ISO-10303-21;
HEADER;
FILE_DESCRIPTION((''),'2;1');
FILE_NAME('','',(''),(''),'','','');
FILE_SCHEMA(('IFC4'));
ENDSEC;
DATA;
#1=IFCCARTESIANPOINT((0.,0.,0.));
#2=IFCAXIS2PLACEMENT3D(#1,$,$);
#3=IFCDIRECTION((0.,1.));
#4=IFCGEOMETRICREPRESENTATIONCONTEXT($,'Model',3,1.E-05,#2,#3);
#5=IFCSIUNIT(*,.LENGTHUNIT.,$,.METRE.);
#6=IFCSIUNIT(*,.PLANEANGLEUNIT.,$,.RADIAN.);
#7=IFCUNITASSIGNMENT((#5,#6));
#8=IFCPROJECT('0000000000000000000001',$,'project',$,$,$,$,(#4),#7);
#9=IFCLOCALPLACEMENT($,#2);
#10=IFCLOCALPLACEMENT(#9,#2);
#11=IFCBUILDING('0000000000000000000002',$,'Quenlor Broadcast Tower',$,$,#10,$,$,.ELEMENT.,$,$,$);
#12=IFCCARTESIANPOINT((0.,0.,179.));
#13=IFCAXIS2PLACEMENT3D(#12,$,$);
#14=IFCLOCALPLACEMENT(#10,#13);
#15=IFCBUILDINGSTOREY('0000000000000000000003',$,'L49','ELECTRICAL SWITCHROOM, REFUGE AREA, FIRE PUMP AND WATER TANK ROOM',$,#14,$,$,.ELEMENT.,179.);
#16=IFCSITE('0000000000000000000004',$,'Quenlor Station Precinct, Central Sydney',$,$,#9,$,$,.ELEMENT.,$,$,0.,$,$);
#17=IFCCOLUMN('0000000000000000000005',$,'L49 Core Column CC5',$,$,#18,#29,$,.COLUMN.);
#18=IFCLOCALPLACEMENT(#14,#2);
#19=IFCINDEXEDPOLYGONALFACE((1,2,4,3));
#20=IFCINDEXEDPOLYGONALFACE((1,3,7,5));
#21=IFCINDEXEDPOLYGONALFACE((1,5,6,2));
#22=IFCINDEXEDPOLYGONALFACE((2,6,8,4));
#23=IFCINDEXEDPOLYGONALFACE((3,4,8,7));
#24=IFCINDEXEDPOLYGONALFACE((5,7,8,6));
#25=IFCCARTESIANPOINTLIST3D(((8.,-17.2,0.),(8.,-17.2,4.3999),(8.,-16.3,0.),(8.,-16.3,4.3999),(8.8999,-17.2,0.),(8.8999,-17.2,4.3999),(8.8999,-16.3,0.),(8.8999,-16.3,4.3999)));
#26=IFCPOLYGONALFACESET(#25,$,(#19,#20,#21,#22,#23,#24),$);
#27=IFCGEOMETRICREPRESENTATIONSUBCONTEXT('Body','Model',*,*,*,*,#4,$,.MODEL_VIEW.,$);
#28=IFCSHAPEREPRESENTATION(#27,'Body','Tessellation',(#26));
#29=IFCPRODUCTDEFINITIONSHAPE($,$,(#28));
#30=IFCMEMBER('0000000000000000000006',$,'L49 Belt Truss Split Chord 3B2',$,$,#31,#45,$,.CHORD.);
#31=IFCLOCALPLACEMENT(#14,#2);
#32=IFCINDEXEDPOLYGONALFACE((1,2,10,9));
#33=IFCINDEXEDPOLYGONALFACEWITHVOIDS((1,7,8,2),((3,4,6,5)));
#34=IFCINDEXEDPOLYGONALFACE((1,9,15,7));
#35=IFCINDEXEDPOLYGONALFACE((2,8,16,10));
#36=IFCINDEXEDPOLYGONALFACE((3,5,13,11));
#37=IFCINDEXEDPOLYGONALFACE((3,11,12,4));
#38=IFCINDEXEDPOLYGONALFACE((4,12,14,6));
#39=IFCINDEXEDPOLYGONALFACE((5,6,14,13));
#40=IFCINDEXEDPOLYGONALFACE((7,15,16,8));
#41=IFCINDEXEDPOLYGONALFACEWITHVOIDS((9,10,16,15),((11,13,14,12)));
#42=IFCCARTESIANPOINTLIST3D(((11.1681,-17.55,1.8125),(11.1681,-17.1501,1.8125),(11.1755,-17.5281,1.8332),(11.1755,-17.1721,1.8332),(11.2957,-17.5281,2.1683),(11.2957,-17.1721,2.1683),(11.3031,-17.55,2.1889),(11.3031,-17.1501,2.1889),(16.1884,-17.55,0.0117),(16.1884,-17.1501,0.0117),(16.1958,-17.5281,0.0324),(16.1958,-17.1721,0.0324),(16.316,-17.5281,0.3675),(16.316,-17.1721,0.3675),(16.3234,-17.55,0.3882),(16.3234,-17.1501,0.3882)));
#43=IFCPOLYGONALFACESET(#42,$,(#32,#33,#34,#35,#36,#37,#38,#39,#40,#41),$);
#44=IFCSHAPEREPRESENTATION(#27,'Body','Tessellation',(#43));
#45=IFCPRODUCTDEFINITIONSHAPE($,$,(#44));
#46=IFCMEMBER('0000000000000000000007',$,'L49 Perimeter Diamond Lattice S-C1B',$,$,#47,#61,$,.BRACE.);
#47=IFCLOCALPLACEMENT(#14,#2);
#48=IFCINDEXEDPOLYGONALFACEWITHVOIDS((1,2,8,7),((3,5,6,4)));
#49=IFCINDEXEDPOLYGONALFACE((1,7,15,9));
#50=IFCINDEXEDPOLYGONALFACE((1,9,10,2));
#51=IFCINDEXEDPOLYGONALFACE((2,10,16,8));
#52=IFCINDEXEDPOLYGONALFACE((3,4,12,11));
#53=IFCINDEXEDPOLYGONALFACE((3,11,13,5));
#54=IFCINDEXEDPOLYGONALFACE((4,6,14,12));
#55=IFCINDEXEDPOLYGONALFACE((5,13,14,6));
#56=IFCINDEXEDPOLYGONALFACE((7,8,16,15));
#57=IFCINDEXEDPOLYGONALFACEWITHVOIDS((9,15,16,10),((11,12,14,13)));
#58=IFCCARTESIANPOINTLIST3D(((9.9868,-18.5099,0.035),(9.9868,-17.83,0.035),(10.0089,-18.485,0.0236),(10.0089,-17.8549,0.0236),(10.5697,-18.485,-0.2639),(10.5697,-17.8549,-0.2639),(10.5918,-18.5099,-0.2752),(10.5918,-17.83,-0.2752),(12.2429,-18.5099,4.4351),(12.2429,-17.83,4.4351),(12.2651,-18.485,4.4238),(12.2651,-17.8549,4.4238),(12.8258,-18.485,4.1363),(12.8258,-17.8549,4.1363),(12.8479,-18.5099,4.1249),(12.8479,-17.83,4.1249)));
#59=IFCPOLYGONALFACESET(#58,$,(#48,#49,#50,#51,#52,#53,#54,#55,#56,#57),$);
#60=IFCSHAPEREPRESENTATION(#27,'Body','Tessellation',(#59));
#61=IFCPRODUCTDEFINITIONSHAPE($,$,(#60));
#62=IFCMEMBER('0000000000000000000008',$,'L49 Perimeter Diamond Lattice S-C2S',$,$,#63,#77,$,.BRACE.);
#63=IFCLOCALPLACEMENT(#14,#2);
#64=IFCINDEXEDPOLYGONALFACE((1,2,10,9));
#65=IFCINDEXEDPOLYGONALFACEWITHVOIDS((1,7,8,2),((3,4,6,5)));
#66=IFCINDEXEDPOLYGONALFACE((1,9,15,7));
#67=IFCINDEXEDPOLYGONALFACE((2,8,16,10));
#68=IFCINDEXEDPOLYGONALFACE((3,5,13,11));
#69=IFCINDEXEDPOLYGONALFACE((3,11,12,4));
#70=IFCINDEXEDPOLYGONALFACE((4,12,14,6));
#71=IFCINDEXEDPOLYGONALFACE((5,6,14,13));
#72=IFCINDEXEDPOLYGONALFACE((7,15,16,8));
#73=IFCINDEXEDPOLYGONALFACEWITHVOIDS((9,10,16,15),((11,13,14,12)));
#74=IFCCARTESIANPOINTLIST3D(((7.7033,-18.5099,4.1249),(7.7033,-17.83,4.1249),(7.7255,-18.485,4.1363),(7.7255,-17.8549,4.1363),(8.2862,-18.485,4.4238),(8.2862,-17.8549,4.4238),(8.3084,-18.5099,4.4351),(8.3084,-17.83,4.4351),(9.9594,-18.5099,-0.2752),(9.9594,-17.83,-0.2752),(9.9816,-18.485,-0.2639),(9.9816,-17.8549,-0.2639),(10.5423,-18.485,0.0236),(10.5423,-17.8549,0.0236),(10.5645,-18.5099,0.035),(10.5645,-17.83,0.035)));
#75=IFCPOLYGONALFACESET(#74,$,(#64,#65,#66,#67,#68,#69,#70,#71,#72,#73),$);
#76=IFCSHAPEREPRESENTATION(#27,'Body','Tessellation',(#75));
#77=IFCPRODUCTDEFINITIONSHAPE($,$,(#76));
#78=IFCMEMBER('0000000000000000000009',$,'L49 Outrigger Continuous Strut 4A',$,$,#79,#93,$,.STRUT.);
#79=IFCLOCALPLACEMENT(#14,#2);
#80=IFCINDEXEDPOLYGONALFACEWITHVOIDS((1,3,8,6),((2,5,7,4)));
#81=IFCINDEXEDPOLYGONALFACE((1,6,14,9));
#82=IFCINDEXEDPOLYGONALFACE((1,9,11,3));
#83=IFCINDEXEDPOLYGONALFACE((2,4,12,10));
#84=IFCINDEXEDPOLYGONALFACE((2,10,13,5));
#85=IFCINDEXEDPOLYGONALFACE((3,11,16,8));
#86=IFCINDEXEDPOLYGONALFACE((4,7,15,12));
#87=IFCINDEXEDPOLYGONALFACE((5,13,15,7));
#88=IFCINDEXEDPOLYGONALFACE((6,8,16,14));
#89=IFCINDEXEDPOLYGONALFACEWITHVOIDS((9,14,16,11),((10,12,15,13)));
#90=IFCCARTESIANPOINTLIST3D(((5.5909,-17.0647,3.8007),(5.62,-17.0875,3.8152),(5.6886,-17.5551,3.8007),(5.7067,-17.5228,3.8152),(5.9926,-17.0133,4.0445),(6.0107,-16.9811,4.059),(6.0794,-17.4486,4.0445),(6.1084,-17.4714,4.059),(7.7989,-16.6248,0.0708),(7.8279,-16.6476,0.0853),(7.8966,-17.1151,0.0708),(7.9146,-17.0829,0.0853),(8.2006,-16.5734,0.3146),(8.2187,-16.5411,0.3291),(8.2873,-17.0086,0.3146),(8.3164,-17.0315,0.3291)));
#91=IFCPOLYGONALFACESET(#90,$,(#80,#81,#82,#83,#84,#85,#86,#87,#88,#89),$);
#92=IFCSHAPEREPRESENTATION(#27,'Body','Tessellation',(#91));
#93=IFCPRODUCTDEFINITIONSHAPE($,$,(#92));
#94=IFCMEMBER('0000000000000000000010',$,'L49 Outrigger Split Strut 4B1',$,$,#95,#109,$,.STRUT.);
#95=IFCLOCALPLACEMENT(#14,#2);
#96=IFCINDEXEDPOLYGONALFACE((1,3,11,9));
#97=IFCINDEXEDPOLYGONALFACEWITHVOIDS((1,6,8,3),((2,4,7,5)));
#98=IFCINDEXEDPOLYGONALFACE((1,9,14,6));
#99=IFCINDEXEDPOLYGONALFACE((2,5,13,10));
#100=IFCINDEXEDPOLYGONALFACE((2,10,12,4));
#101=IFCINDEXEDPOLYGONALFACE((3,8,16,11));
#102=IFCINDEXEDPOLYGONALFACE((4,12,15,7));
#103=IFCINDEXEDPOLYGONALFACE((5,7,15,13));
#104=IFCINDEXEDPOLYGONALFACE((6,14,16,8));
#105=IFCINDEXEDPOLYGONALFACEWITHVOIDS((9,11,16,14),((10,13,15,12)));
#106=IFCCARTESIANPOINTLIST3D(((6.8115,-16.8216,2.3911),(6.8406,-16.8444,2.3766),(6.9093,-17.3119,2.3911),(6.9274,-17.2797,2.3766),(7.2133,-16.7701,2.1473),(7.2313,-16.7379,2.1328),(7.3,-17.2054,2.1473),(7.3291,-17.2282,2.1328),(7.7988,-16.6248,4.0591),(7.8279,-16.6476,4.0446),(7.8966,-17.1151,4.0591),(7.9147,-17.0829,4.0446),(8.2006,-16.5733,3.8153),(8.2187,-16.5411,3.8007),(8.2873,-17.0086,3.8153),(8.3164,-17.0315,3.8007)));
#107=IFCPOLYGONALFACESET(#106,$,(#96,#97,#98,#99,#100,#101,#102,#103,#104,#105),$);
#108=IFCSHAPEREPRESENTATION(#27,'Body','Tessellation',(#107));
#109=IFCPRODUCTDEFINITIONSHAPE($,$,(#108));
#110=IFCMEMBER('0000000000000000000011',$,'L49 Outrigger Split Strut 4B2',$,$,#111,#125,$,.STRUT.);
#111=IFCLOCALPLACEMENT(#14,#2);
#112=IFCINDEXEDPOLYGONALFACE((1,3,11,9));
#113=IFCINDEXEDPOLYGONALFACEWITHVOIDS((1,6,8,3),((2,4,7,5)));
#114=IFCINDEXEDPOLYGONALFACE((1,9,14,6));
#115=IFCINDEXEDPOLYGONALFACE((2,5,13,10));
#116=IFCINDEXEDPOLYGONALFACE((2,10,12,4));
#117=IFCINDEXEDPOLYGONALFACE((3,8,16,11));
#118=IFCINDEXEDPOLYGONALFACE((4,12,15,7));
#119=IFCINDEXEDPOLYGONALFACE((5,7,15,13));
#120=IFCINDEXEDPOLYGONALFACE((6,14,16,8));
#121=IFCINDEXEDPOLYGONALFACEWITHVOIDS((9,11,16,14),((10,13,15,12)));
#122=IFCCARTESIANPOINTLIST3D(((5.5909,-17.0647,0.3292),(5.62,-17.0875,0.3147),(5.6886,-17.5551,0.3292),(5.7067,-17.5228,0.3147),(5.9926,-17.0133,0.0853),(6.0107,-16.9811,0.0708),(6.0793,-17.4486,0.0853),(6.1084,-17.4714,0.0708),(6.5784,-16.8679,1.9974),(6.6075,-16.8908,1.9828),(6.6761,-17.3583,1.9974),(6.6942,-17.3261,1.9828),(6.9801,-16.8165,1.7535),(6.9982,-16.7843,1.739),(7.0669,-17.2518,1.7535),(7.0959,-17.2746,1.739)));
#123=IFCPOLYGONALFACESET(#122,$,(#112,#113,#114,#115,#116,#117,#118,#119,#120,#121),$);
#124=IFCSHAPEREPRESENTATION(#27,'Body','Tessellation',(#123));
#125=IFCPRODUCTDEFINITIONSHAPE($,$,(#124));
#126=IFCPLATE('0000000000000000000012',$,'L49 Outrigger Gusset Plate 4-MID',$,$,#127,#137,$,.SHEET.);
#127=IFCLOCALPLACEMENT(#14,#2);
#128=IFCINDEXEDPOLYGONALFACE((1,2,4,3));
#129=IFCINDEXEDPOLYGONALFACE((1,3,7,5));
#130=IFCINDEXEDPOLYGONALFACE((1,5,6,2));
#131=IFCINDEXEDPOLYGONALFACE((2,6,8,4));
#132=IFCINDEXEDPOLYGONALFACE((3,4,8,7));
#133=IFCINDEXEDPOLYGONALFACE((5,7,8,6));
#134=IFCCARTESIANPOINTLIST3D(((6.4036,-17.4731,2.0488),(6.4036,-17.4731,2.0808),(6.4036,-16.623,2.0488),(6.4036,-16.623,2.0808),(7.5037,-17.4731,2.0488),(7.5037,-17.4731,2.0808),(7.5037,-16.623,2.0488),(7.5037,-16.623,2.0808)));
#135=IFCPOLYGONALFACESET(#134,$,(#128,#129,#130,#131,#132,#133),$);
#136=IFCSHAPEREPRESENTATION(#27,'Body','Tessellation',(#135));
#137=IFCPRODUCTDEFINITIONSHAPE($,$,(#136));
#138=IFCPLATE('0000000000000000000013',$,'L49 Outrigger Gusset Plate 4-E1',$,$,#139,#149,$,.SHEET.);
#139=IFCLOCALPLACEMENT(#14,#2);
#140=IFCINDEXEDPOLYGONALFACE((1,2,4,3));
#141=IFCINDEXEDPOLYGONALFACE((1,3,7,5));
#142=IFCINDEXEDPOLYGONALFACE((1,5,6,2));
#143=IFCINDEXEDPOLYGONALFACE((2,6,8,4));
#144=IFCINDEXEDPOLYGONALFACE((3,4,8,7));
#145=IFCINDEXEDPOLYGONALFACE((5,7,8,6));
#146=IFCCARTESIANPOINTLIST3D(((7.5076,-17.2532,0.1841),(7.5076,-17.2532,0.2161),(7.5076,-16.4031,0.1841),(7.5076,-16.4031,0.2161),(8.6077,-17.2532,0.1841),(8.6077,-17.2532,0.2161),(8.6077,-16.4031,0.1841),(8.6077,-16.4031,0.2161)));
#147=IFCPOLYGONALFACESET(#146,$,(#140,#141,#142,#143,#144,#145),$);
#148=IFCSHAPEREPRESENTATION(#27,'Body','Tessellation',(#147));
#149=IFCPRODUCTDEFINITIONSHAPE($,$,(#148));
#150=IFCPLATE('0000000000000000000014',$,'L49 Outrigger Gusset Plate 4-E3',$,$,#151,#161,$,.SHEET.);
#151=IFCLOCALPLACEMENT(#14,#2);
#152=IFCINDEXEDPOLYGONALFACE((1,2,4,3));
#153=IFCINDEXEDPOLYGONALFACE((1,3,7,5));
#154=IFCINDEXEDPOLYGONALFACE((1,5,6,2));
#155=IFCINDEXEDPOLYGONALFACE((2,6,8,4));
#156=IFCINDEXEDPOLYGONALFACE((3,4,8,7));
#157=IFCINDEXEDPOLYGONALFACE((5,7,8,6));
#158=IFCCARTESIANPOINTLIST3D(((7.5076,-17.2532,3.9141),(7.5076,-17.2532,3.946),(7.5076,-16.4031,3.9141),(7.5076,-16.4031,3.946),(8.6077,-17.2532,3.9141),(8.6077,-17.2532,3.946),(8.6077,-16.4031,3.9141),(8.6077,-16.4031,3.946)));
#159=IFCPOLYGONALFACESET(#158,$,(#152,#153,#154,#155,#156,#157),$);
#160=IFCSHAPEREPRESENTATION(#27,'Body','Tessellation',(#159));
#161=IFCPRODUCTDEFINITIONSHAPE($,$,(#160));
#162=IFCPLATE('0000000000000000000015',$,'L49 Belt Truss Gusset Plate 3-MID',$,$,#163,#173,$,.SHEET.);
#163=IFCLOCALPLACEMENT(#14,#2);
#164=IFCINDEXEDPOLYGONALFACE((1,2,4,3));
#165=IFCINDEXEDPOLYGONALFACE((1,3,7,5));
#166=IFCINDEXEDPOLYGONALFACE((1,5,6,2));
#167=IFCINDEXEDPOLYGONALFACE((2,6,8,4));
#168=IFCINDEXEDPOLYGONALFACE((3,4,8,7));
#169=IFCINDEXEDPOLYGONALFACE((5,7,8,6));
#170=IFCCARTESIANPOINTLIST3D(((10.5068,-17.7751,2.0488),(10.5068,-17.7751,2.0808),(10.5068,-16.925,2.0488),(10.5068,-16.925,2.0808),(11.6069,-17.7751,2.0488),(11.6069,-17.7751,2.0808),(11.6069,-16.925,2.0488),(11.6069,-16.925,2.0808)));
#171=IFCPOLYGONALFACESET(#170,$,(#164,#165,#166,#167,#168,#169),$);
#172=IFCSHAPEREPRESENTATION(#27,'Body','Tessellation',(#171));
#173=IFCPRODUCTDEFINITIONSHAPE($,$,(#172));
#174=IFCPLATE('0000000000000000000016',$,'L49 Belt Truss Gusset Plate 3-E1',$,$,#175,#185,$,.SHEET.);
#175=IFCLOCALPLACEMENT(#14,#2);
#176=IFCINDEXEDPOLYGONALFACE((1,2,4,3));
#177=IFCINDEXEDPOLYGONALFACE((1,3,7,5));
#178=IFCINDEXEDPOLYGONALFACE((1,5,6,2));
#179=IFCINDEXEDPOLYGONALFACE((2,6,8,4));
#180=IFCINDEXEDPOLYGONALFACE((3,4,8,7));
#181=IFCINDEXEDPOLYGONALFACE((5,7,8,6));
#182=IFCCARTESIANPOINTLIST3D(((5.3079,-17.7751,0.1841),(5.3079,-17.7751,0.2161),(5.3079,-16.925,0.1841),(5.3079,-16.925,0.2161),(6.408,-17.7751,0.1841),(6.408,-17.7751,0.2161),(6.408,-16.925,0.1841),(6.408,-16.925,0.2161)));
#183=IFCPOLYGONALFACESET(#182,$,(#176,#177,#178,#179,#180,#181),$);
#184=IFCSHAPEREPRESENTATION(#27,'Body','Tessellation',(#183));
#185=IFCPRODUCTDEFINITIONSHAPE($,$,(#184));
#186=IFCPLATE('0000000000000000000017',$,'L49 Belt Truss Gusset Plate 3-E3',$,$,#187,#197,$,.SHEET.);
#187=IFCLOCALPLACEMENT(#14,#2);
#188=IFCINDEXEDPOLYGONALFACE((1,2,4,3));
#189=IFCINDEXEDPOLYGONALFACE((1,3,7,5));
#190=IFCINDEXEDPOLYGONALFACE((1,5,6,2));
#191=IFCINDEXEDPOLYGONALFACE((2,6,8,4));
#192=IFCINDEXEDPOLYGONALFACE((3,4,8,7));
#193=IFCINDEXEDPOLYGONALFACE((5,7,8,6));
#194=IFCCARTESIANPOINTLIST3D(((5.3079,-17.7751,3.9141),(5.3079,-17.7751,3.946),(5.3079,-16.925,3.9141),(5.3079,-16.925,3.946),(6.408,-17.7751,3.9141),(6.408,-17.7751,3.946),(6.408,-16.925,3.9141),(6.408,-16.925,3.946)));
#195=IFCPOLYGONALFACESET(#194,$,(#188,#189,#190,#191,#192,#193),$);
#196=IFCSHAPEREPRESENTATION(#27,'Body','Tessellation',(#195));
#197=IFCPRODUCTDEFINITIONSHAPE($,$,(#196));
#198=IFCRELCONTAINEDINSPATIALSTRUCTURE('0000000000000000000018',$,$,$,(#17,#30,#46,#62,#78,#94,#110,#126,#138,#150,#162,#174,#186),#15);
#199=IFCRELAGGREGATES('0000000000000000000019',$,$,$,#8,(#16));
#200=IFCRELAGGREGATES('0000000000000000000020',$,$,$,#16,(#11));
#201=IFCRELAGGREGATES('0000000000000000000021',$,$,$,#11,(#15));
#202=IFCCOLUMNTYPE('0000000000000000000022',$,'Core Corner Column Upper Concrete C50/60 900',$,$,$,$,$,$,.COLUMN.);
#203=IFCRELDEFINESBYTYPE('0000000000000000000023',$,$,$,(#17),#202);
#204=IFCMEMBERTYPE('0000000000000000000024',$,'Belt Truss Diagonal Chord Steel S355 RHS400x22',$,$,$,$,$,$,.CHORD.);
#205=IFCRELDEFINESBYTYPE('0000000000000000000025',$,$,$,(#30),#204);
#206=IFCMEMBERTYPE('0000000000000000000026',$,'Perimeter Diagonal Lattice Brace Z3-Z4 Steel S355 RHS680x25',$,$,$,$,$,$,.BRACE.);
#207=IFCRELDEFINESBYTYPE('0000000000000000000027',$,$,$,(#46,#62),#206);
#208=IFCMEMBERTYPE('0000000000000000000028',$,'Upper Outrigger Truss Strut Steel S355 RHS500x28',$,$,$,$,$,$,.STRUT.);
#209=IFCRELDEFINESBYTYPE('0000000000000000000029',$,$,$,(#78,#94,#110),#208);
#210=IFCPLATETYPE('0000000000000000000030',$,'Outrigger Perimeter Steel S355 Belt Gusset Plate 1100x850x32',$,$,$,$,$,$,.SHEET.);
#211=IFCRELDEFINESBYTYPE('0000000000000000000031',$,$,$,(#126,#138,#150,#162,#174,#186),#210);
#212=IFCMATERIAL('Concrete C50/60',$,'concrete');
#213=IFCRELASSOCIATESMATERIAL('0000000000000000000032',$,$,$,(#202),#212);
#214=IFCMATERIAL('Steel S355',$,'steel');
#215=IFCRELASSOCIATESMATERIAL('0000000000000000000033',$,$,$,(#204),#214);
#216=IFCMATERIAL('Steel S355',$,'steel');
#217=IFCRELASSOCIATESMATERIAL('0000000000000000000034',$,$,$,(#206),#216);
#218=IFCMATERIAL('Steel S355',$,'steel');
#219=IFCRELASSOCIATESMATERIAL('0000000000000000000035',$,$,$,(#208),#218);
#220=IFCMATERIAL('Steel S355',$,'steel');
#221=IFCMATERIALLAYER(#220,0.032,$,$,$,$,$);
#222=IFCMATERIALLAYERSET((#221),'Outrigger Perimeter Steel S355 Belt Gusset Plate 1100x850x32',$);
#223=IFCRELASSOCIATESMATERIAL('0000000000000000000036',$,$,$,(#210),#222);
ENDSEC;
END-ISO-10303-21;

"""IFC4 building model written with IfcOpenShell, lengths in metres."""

from ifc_helpers import new_model, si_unit, direction, frame, origin, origin_2d, place, context, subcontext, project, spatial, rectangle, hollow_rectangle, extrude, material, layer, layer_set, material_profile, profile_set, type_object, element, save


model = new_model("IFC4")

# Units and contexts
model_context = context("Model", 3, precision=1e-05, world=origin(), true_north=direction((0.0, 1.0)))
body_context = subcontext(model_context, "Body", "Model", "MODEL_VIEW")
ifc_project = project(units=[si_unit("LENGTHUNIT", "METRE"), si_unit("PLANEANGLEUNIT", "RADIAN")], contexts=[model_context])

# Site, building, storey
site_placement = place(None, origin())
site = spatial("IfcSite", under=ifc_project, at=site_placement, Name="Quenlor Station Precinct, Central Sydney", CompositionType="ELEMENT", RefElevation=0.0)
building_placement = place(site_placement, origin())
building = spatial("IfcBuilding", under=site, at=building_placement, Name="Quenlor Broadcast Tower", CompositionType="ELEMENT")
storey_placement = place(building_placement, frame((0.0, 0.0, 179.0)))
storey = spatial("IfcBuildingStorey", under=building, at=storey_placement, Name="L49", Description="ELECTRICAL SWITCHROOM, REFUGE AREA, FIRE PUMP AND WATER TANK ROOM", CompositionType="ELEMENT", Elevation=179.0)

# Column
ifc_material_1 = material(Name="Concrete C50/60", Category="concrete")
ifc_material_profile_1 = material_profile(ifc_material_1, rectangle(XDim=0.8999, YDim=0.8999, at=origin_2d()))
ifc_profile_set_1 = profile_set([ifc_material_profile_1], Name="Concrete C50/60 RC900x900")
column_type = type_object("IfcColumnType", Name="Core Corner Column Upper Concrete C50/60 900", PredefinedType="COLUMN", material=ifc_profile_set_1)
column_placement = place(storey_placement, frame((8.45, -16.75, 0.0), z_axis=(0.0, 0.0, 1.0), x_axis=(1.0, 0.0, 0.0)))
element("IfcColumn", 1, at=column_placement, inside=storey, type_object=column_type, Name="L49 Core Column CC5", PredefinedType="COLUMN", context=body_context, shape_type="SweptSolid", body=[
    extrude(rectangle(XDim=0.8999, YDim=0.8999, at=origin_2d()), origin(), (0.0, 0.0, 1.0), 4.3999),
])

# Members
ifc_material_2 = material(Name="Steel S355", Category="steel")
ifc_material_profile_2 = material_profile(ifc_material_2, hollow_rectangle(XDim=0.3999, YDim=0.3999, WallThickness=0.022, at=origin_2d()))
ifc_profile_set_2 = profile_set([ifc_material_profile_2], Name="Steel S355 RHS400x400x22")
member_type_1 = type_object("IfcMemberType", Name="Belt Truss Diagonal Chord Steel S355 RHS400x22", PredefinedType="CHORD", material=ifc_profile_set_2)
member_1_placement = place(storey_placement, frame((11.2356, -17.3501, 2.0007), z_axis=(0.941276, 0.0, -0.337638), x_axis=(0.0, 1.0, 0.0)))
element("IfcMember", 2, at=member_1_placement, inside=storey, type_object=member_type_1, Name="L49 Belt Truss Split Chord 3B2", PredefinedType="CHORD", context=body_context, shape_type="SweptSolid", body=[
    extrude(hollow_rectangle(XDim=0.3999, YDim=0.3999, WallThickness=0.022, at=origin_2d()), origin(), (0.0, 0.0, 1.0), 5.3335),
])
ifc_material_3 = material(Name="Steel S355", Category="steel")
ifc_material_profile_3 = material_profile(ifc_material_3, hollow_rectangle(XDim=0.6799, YDim=0.6799, WallThickness=0.0249, at=origin_2d()))
ifc_profile_set_3 = profile_set([ifc_material_profile_3], Name="Steel S355 RHS680x680x25")
member_type_2 = type_object("IfcMemberType", Name="Perimeter Diagonal Lattice Brace Z3-Z4 Steel S355 RHS680x25", PredefinedType="BRACE", material=ifc_profile_set_3)
for number, where, z_axis, x_axis, name in (
    (3, (10.2893, -18.1699, -0.1201), (0.456256, 0.0, 0.889849), (0.0, 1.0, 0.0), "L49 Perimeter Diamond Lattice S-C1B"),
    (4, (10.262, -18.1699, -0.1201), (-0.456256, 0.0, 0.889849), (0.0, -1.0, 0.0), "L49 Perimeter Diamond Lattice S-C2S"),
):
    element("IfcMember", number, at=place(storey_placement, frame(where, z_axis=z_axis, x_axis=x_axis)), inside=storey, type_object=member_type_2, Name=name, PredefinedType="BRACE", context=body_context, shape_type="SweptSolid", body=[
        extrude(hollow_rectangle(XDim=0.6799, YDim=0.6799, WallThickness=0.0249, at=origin_2d()), origin(), (0.0, 0.0, 1.0), 4.9448),
    ])
ifc_material_4 = material(Name="Steel S355", Category="steel")
ifc_material_profile_4 = material_profile(ifc_material_4, hollow_rectangle(XDim=0.5, YDim=0.5, WallThickness=0.0281, at=origin_2d()))
ifc_profile_set_4 = profile_set([ifc_material_profile_4], Name="Steel S355 RHS500x500x28")
member_type_3 = type_object("IfcMemberType", Name="Upper Outrigger Truss Strut Steel S355 RHS500x28", PredefinedType="STRUT", material=ifc_profile_set_4)
member_2_placement = place(storey_placement, frame((8.0576, -16.8281, 0.2), z_axis=(-0.506797, -0.100978, 0.856131), x_axis=(0.195407, -0.980722, 0.0)))
element("IfcMember", 5, at=member_2_placement, inside=storey, type_object=member_type_3, Name="L49 Outrigger Continuous Strut 4A", PredefinedType="STRUT", context=body_context, shape_type="SweptSolid", body=[
    extrude(hollow_rectangle(XDim=0.5, YDim=0.5, WallThickness=0.0281, at=origin_2d()), origin(), (0.0, 0.0, 1.0), 4.3567),
])
member_3_placement = place(storey_placement, frame((8.0576, -16.8281, 3.9299), z_axis=(-0.506769, -0.101003, -0.856144), x_axis=(0.195463, -0.980711, 0.0)))
element("IfcMember", 6, at=member_3_placement, inside=storey, type_object=member_type_3, Name="L49 Outrigger Split Strut 4B1", PredefinedType="STRUT", context=body_context, shape_type="SweptSolid", body=[
    extrude(hollow_rectangle(XDim=0.5, YDim=0.5, WallThickness=0.0281, at=origin_2d()), origin(), (0.0, 0.0, 1.0), 1.9482),
])
member_4_placement = place(storey_placement, frame((6.8372, -17.0713, 1.8682), z_axis=(-0.506808, -0.100986, -0.856124), x_axis=(0.195417, -0.98072, 0.0)))
element("IfcMember", 7, at=member_4_placement, inside=storey, type_object=member_type_3, Name="L49 Outrigger Split Strut 4B2", PredefinedType="STRUT", context=body_context, shape_type="SweptSolid", body=[
    extrude(hollow_rectangle(XDim=0.5, YDim=0.5, WallThickness=0.0281, at=origin_2d()), origin(), (0.0, 0.0, 1.0), 1.9485),
])

# Plates
ifc_material_5 = material(Name="Steel S355", Category="steel")
ifc_layer_1 = layer(ifc_material_5, 0.032)
ifc_layer_set_1 = layer_set([ifc_layer_1], Name="Outrigger Perimeter Steel S355 Belt Gusset Plate 1100x850x32")
plate_type_1 = type_object("IfcPlateType", Name="Outrigger Perimeter Steel S355 Belt Gusset Plate 1100x850x32", PredefinedType="SHEET", material=ifc_layer_set_1)
for number, where, z_axis, x_axis, name in (
    (8, (6.9536, -17.0481, 2.0488), (0.0, 0.0, 1.0), (1.0, 0.0, 0.0), "L49 Outrigger Gusset Plate 4-MID"),
    (9, (8.0576, -16.8281, 0.1841), (0.0, 0.0, 1.0), (1.0, 0.0, 0.0), "L49 Outrigger Gusset Plate 4-E1"),
    (10, (8.0576, -16.8281, 3.9141), (0.0, 0.0, 1.0), (1.0, 0.0, 0.0), "L49 Outrigger Gusset Plate 4-E3"),
    (11, (11.0569, -17.3501, 2.0488), (0.0, 0.0, 1.0), (1.0, 0.0, 0.0), "L49 Belt Truss Gusset Plate 3-MID"),
    (12, (5.8579, -17.3501, 0.1841), (0.0, 0.0, 1.0), (1.0, 0.0, 0.0), "L49 Belt Truss Gusset Plate 3-E1"),
    (13, (5.8579, -17.3501, 3.9141), (0.0, 0.0, 1.0), (1.0, 0.0, 0.0), "L49 Belt Truss Gusset Plate 3-E3"),
):
    element("IfcPlate", number, at=place(storey_placement, frame(where, z_axis=z_axis, x_axis=x_axis)), inside=storey, type_object=plate_type_1, Name=name, PredefinedType="SHEET", context=body_context, shape_type="SweptSolid", body=[
        extrude(rectangle(XDim=1.1001, YDim=0.8501, at=origin_2d()), origin(), (0.0, 0.0, 1.0), 0.032),
    ])

save(model, "model.ifc")
